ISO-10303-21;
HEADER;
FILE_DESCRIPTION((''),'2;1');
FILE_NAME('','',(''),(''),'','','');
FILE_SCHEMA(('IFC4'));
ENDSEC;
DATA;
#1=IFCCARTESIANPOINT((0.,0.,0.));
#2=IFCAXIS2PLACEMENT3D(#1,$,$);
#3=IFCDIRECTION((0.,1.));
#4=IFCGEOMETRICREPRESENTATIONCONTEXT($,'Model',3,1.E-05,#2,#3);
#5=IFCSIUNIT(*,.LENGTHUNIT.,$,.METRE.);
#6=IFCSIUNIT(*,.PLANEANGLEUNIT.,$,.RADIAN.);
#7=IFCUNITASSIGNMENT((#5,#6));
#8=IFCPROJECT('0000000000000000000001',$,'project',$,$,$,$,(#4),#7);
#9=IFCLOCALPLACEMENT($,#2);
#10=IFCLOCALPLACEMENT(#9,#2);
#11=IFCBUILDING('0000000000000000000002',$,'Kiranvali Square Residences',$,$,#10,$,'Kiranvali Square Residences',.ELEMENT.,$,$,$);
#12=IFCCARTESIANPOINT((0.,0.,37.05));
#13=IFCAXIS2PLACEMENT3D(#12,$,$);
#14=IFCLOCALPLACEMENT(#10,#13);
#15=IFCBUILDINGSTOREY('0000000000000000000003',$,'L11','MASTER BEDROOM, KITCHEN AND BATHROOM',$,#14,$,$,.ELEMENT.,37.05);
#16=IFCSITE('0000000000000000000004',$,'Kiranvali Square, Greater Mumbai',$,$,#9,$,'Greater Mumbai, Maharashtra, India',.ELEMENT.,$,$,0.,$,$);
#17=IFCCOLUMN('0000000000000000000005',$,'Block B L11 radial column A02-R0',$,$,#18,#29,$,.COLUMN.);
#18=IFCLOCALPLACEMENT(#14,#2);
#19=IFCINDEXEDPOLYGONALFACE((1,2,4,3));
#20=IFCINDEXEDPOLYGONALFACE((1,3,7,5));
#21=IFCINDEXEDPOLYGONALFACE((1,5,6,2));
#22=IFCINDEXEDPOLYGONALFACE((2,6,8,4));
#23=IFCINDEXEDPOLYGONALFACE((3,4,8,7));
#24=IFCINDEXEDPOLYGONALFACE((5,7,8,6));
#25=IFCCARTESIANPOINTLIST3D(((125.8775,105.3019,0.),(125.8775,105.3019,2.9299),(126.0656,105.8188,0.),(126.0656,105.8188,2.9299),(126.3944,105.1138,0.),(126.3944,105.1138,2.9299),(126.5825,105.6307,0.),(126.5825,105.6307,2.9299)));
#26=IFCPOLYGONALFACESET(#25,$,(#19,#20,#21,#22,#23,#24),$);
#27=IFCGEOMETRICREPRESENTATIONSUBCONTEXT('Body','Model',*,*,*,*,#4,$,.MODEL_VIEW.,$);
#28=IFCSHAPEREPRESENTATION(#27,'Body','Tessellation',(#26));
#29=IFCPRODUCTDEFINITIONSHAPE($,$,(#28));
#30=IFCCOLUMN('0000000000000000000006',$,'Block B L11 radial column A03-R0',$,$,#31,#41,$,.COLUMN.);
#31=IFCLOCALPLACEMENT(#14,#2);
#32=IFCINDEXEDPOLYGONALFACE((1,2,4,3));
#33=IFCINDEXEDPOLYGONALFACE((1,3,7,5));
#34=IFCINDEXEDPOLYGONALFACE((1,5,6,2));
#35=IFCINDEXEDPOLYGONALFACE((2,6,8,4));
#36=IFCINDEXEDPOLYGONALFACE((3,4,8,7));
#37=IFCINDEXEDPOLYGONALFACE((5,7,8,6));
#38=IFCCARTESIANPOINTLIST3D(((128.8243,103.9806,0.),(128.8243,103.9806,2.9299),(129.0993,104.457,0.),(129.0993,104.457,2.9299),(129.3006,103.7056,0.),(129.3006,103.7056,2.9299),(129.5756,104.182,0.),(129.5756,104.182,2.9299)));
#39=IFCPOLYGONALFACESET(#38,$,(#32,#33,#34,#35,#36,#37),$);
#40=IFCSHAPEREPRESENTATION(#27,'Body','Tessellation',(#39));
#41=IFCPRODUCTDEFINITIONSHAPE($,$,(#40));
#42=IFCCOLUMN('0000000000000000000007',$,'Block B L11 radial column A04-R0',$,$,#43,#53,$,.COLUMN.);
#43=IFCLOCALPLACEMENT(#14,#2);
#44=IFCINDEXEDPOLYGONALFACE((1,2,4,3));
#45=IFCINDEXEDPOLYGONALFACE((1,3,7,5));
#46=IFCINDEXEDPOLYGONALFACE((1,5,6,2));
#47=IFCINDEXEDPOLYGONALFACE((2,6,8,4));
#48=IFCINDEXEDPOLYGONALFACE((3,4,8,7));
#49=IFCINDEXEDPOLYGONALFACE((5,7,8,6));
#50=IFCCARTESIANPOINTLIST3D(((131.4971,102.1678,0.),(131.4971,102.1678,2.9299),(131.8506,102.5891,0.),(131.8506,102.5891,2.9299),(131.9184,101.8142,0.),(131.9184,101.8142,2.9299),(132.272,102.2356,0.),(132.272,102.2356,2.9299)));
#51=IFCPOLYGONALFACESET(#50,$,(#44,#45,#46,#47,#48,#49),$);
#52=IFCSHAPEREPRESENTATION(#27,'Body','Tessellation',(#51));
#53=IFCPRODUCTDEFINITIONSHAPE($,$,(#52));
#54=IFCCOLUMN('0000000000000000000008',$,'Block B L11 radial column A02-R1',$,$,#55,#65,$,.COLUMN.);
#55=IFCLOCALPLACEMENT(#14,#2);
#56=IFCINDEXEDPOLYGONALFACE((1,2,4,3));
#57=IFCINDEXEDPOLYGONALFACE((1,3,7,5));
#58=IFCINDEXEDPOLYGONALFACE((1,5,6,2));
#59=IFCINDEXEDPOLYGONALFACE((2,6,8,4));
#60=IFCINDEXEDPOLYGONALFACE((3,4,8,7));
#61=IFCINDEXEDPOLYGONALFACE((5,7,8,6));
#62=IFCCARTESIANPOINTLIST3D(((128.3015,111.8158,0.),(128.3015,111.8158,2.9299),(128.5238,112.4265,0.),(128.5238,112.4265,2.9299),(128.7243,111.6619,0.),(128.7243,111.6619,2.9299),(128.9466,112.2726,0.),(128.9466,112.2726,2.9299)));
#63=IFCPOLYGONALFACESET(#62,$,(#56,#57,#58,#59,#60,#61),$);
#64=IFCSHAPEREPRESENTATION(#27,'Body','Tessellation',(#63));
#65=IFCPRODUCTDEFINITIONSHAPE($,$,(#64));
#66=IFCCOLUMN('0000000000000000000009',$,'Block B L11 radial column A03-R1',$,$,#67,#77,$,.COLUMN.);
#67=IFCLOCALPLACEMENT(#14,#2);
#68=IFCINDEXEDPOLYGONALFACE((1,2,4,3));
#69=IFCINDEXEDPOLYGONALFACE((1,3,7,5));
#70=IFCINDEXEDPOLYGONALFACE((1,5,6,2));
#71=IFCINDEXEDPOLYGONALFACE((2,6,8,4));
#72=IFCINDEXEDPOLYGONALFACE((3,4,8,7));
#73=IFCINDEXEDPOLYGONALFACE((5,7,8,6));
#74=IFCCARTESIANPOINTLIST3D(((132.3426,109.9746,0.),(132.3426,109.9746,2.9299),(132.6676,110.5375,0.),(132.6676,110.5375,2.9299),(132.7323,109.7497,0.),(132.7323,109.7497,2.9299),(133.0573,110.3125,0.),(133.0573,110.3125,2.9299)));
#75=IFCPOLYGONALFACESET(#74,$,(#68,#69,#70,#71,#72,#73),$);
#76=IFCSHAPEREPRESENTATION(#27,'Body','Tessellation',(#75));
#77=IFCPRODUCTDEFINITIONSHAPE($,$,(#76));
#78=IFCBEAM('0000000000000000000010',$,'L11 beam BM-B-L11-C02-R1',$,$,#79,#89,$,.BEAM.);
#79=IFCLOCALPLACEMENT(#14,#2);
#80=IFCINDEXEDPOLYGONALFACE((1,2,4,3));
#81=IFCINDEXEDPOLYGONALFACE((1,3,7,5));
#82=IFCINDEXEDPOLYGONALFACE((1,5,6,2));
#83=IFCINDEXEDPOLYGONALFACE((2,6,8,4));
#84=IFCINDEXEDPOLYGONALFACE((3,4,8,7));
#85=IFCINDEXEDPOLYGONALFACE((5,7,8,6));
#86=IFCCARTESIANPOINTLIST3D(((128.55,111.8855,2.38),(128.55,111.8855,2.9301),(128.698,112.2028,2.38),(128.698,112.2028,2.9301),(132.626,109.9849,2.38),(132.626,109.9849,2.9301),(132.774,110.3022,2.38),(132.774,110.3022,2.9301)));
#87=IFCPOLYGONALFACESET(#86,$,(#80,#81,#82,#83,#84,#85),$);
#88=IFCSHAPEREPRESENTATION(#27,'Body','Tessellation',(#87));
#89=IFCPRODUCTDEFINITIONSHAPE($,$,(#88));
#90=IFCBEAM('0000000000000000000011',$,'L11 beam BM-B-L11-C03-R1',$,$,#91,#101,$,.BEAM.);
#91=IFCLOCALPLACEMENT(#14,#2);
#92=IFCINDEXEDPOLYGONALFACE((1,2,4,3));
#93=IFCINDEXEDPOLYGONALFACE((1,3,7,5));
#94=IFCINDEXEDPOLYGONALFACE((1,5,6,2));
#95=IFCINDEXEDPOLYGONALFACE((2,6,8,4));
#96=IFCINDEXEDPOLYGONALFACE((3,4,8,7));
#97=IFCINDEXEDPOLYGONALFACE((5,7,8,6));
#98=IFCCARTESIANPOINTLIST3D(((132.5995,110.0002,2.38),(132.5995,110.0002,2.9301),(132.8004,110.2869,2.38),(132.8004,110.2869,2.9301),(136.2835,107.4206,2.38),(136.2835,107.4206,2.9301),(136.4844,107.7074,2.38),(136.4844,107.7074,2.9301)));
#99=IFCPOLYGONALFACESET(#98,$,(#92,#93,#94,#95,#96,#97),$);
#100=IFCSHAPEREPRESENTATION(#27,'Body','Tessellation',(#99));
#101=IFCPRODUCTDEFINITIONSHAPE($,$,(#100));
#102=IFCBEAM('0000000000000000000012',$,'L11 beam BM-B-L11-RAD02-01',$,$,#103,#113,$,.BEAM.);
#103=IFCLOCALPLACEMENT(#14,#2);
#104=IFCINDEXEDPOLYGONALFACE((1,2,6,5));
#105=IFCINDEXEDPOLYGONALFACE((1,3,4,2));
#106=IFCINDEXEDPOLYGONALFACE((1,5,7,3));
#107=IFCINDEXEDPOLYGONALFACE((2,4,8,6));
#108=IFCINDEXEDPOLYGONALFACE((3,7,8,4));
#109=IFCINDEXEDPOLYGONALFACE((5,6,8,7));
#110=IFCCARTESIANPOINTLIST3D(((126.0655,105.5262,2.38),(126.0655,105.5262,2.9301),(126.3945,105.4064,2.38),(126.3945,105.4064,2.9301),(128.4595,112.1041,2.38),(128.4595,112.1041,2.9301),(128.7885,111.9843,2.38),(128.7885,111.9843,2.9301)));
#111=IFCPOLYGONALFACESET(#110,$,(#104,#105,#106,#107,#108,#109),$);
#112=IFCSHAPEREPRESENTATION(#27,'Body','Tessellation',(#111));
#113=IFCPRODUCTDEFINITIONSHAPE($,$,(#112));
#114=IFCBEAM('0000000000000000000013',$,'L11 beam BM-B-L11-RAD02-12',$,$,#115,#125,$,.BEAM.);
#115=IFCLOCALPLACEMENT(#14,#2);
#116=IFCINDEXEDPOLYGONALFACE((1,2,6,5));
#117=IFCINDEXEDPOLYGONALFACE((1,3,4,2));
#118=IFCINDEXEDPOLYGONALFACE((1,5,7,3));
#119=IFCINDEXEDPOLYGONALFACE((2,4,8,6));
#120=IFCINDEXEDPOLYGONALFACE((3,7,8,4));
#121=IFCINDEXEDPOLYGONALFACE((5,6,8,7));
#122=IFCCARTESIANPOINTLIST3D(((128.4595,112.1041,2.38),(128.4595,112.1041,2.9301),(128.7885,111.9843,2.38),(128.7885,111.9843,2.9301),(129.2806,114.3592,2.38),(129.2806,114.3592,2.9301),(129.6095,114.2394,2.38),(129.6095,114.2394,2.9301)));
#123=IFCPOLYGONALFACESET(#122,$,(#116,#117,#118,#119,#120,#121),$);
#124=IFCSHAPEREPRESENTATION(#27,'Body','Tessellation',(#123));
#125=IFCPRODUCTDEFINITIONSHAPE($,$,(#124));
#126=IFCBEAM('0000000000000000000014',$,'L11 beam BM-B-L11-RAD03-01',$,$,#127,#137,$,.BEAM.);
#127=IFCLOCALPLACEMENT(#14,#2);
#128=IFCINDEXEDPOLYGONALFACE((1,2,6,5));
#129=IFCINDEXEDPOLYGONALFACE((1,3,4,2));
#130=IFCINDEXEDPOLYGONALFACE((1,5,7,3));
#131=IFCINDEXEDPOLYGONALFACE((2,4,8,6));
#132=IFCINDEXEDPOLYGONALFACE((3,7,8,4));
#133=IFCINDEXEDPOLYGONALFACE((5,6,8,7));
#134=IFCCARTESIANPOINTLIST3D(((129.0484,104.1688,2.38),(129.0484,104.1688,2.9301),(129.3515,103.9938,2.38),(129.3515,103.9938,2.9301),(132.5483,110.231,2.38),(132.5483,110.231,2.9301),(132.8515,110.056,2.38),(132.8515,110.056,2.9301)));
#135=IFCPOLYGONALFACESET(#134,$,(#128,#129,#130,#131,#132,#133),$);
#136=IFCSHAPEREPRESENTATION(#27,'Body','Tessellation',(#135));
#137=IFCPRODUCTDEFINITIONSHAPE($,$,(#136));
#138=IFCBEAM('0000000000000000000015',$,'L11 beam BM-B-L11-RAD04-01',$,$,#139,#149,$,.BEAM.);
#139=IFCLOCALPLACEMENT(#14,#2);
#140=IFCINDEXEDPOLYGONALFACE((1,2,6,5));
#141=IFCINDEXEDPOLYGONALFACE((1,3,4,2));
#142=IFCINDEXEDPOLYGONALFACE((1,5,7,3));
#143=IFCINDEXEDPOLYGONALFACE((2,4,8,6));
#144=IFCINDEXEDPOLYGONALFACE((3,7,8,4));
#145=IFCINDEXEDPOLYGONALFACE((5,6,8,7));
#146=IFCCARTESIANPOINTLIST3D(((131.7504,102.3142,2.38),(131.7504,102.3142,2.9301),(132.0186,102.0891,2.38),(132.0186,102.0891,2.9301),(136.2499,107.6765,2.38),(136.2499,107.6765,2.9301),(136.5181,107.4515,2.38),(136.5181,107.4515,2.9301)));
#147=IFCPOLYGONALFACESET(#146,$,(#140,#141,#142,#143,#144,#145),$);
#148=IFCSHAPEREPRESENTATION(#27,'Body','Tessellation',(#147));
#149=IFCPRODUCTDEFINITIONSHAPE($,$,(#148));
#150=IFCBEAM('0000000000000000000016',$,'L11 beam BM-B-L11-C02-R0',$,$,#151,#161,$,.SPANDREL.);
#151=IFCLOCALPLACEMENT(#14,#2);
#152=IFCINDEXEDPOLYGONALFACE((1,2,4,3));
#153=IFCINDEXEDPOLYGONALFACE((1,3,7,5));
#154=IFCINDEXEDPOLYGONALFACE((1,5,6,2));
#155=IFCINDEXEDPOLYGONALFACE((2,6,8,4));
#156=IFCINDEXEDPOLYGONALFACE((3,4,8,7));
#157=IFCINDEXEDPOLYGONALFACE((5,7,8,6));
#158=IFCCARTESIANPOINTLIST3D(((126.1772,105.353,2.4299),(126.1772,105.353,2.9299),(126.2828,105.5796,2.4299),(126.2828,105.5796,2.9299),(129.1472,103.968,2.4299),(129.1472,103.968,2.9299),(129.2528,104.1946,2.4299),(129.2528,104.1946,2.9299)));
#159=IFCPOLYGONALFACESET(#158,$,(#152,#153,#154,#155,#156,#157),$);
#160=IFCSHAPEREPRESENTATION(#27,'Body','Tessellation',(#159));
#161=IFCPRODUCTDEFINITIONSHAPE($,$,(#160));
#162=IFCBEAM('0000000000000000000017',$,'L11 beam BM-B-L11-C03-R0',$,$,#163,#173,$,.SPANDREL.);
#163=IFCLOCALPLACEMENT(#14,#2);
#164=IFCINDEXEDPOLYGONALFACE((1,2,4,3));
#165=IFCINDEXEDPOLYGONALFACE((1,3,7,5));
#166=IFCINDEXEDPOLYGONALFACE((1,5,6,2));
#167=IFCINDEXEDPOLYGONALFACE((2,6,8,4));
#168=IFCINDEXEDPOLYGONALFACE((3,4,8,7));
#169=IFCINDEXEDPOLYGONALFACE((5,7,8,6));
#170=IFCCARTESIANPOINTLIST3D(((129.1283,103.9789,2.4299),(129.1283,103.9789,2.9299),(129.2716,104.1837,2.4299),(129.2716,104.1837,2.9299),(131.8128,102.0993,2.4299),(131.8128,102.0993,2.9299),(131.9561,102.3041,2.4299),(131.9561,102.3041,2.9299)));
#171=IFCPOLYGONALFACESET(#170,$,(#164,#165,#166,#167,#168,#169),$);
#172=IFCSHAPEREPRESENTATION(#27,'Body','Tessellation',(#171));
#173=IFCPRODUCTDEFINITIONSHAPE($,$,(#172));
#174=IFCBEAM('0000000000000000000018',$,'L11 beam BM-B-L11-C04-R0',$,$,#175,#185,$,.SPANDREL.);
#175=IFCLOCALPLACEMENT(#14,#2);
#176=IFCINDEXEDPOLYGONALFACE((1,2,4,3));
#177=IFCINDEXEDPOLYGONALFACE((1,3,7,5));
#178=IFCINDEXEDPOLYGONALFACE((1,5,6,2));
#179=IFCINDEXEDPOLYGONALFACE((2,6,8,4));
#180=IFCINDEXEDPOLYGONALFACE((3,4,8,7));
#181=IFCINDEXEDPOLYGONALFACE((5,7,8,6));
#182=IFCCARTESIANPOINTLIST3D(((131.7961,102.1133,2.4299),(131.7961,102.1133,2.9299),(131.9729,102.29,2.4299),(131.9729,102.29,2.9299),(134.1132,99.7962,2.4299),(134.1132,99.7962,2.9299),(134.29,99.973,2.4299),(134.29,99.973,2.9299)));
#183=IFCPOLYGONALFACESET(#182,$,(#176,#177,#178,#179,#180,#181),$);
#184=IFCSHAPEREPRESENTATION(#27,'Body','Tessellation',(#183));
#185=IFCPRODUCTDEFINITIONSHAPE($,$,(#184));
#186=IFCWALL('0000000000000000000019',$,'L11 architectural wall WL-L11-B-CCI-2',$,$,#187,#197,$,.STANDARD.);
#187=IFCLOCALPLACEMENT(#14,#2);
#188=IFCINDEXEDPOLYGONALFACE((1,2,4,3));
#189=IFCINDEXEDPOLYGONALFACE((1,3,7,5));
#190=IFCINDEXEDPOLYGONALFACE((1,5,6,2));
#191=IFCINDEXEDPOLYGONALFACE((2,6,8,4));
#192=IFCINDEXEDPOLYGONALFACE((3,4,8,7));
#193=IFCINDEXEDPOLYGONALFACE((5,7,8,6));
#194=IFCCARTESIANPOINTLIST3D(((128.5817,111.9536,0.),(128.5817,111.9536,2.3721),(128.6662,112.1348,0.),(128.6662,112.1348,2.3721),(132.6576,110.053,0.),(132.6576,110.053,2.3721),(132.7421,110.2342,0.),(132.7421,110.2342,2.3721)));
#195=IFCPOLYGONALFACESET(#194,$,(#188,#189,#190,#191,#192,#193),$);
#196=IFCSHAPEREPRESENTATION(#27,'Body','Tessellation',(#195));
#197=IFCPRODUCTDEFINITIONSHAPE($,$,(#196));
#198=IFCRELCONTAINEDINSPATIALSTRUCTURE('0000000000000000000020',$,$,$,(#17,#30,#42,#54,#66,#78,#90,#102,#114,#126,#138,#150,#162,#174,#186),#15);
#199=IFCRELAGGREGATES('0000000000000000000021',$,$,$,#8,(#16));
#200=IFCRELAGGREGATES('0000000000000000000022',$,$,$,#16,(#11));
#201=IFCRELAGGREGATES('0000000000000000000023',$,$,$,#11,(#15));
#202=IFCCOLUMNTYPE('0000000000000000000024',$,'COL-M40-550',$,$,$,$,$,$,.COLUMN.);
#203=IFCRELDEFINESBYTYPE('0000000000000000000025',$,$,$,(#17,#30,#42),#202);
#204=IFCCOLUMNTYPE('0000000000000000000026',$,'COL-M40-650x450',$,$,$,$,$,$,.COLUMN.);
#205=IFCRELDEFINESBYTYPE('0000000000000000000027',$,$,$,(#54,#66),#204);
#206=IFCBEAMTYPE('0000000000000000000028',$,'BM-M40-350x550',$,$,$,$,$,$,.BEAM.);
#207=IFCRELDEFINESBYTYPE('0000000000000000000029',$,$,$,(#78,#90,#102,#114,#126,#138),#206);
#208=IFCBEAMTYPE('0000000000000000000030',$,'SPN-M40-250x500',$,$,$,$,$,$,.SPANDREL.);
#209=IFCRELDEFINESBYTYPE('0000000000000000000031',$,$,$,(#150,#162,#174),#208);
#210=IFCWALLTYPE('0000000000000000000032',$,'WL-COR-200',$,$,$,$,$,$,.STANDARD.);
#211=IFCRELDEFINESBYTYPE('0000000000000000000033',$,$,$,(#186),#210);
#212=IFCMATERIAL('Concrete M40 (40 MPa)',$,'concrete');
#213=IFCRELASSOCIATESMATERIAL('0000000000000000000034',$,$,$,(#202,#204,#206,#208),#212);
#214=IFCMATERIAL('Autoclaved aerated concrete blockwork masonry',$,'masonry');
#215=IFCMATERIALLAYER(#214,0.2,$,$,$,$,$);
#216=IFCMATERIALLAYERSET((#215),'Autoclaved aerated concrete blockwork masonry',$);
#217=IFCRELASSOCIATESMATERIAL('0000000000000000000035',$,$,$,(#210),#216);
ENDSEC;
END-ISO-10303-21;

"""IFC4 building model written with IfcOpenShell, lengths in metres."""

from ifc_helpers import new_model, si_unit, direction, frame, frame_2d, origin, origin_2d, place, context, subcontext, project, spatial, rectangle, extrude, material, layer, layer_set, material_profile, profile_set, type_object, element, save


model = new_model("IFC4")

# Units and contexts
model_context = context("Model", 3, precision=1e-05, world=origin(), true_north=direction((0.0, 1.0)))
body_context = subcontext(model_context, "Body", "Model", "MODEL_VIEW")
ifc_project = project(units=[si_unit("LENGTHUNIT", "METRE"), si_unit("PLANEANGLEUNIT", "RADIAN")], contexts=[model_context])

# Site, building, storey
site_placement = place(None, origin())
site = spatial("IfcSite", under=ifc_project, at=site_placement, Name="Kiranvali Square, Greater Mumbai", LongName="Greater Mumbai, Maharashtra, India", CompositionType="ELEMENT", RefElevation=0.0)
building_placement = place(site_placement, origin())
building = spatial("IfcBuilding", under=site, at=building_placement, Name="Kiranvali Square Residences", LongName="Kiranvali Square Residences", CompositionType="ELEMENT")
storey_placement = place(building_placement, frame((0.0, 0.0, 37.05)))
storey = spatial("IfcBuildingStorey", under=building, at=storey_placement, Name="L11", Description="MASTER BEDROOM, KITCHEN AND BATHROOM", CompositionType="ELEMENT", Elevation=37.05)

# Columns
ifc_material_1 = material(Name="Concrete M40 (40 MPa)", Category="concrete")
ifc_material_profile_1 = material_profile(ifc_material_1, rectangle(XDim=0.55, YDim=0.55, at=origin_2d()), Name="RC 550x550")
ifc_profile_set_1 = profile_set([ifc_material_profile_1], Name="Concrete M40 (40 MPa)")
column_type_1 = type_object("IfcColumnType", Name="COL-M40-550", PredefinedType="COLUMN", material=ifc_profile_set_1)
for number, where, z_axis, x_axis, name in (
    (1, (126.23, 105.4663, 0.0), (0.0, 0.0, 1.0), (-0.939693, 0.34202, 0.0), "Block B L11 radial column A02-R0"),
    (2, (129.2, 104.0813, 0.0), (0.0, 0.0, 1.0), (-0.866025, 0.5, 0.0), "Block B L11 radial column A03-R0"),
    (3, (131.8845, 102.2017, 0.0), (0.0, 0.0, 1.0), (-0.766044, 0.642788, 0.0), "Block B L11 radial column A04-R0"),
):
    element("IfcColumn", number, at=place(storey_placement, frame(where, z_axis=z_axis, x_axis=x_axis)), inside=storey, type_object=column_type_1, Name=name, PredefinedType="COLUMN", context=body_context, shape_type="SweptSolid", body=[
        extrude(rectangle(XDim=0.55, YDim=0.55, at=origin_2d()), origin(), (0.0, 0.0, 1.0), 2.9299),
    ])
ifc_material_profile_2 = material_profile(ifc_material_1, rectangle(XDim=0.45, YDim=0.6499, at=origin_2d()), Name="RC 650x450")
ifc_profile_set_2 = profile_set([ifc_material_profile_2], Name="Concrete M40 (40 MPa)")
column_type_2 = type_object("IfcColumnType", Name="COL-M40-650x450", PredefinedType="COLUMN", material=ifc_profile_set_2)
for number, where, z_axis, x_axis, name in (
    (4, (128.624, 112.0442, 0.0), (0.0, 0.0, 1.0), (-0.939693, 0.34202, 0.0), "Block B L11 radial column A02-R1"),
    (5, (132.7, 110.1436, 0.0), (0.0, 0.0, 1.0), (-0.866025, 0.5, 0.0), "Block B L11 radial column A03-R1"),
):
    element("IfcColumn", number, at=place(storey_placement, frame(where, z_axis=z_axis, x_axis=x_axis)), inside=storey, type_object=column_type_2, Name=name, PredefinedType="COLUMN", context=body_context, shape_type="SweptSolid", body=[
        extrude(rectangle(XDim=0.45, YDim=0.6499, at=origin_2d()), origin(), (0.0, 0.0, 1.0), 2.9299),
    ])

# Beams
ifc_material_profile_3 = material_profile(ifc_material_1, rectangle(XDim=0.3501, YDim=0.55, at=origin_2d()), Name="RC 350x550")
ifc_profile_set_3 = profile_set([ifc_material_profile_3], Name="Concrete M40 (40 MPa)")
beam_type_1 = type_object("IfcBeamType", Name="BM-M40-350x550", PredefinedType="BEAM", material=ifc_profile_set_3)
for number, where, z_axis, x_axis, name in (
    (6, (128.624, 112.0442, 2.655), (0.906308, -0.422618, 0.0), (0.422618, 0.906308, 0.0), "L11 beam BM-B-L11-C02-R1"),
    (7, (132.7, 110.1436, 2.655), (0.819155, -0.573572, 0.0), (0.573572, 0.819155, 0.0), "L11 beam BM-B-L11-C03-R1"),
):
    element("IfcBeam", number, at=place(storey_placement, frame(where, z_axis=z_axis, x_axis=x_axis)), inside=storey, type_object=beam_type_1, Name=name, PredefinedType="BEAM", context=body_context, shape_type="SweptSolid", body=[
        extrude(rectangle(XDim=0.3501, YDim=0.55, at=origin_2d()), origin(), (0.0, 0.0, 1.0), 4.4973),
    ])
beam_1_placement = place(storey_placement, frame((126.23, 105.4663, 2.655), z_axis=(0.342006, 0.939698, 0.0), x_axis=(-0.939698, 0.342006, 0.0)))
element("IfcBeam", 8, at=beam_1_placement, inside=storey, type_object=beam_type_1, Name="L11 beam BM-B-L11-RAD02-01", PredefinedType="BEAM", context=body_context, shape_type="SweptSolid", body=[
    extrude(rectangle(XDim=0.3501, YDim=0.55, at=origin_2d()), origin(), (0.0, 0.0, 1.0), 7.0),
])
beam_2_placement = place(storey_placement, frame((128.624, 112.0442, 2.655), z_axis=(0.342111, 0.93966, 0.0), x_axis=(-0.93966, 0.342111, 0.0)))
element("IfcBeam", 9, at=beam_2_placement, inside=storey, type_object=beam_type_1, Name="L11 beam BM-B-L11-RAD02-12", PredefinedType="BEAM", context=body_context, shape_type="SweptSolid", body=[
    extrude(rectangle(XDim=0.3501, YDim=0.55, at=origin_2d()), origin(), (0.0, 0.0, 1.0), 2.3999),
])
for number, where, z_axis, x_axis, name in (
    (10, (129.2, 104.0813, 2.655), (0.499995, 0.866028, 0.0), (-0.866028, 0.499995, 0.0), "L11 beam BM-B-L11-RAD03-01"),
    (11, (131.8845, 102.2017, 2.655), (0.642788, 0.766044, 0.0), (-0.766044, 0.642788, 0.0), "L11 beam BM-B-L11-RAD04-01"),
):
    element("IfcBeam", number, at=place(storey_placement, frame(where, z_axis=z_axis, x_axis=x_axis)), inside=storey, type_object=beam_type_1, Name=name, PredefinedType="BEAM", context=body_context, shape_type="SweptSolid", body=[
        extrude(rectangle(XDim=0.3501, YDim=0.55, at=origin_2d()), origin(), (0.0, 0.0, 1.0), 7.0),
    ])
ifc_material_profile_4 = material_profile(ifc_material_1, rectangle(XDim=0.25, YDim=0.5, at=origin_2d()), Name="RC 250x500")
ifc_profile_set_4 = profile_set([ifc_material_profile_4], Name="Concrete M40 (40 MPa)")
beam_type_2 = type_object("IfcBeamType", Name="SPN-M40-250x500", PredefinedType="SPANDREL", material=ifc_profile_set_4)
for number, where, z_axis, x_axis, name in (
    (12, (126.23, 105.4663, 2.6799), (0.906297, -0.422641, 0.0), (0.422641, 0.906297, 0.0), "L11 beam BM-B-L11-C02-R0"),
    (13, (129.2, 104.0813, 2.6799), (0.819169, -0.573552, 0.0), (0.573552, 0.819169, 0.0), "L11 beam BM-B-L11-C03-R0"),
):
    element("IfcBeam", number, at=place(storey_placement, frame(where, z_axis=z_axis, x_axis=x_axis)), inside=storey, type_object=beam_type_2, Name=name, PredefinedType="SPANDREL", context=body_context, shape_type="SweptSolid", body=[
        extrude(rectangle(XDim=0.25, YDim=0.5, at=origin_2d()), origin(), (0.0, 0.0, 1.0), 3.2771),
    ])
beam_3_placement = place(storey_placement, frame((131.8845, 102.2017, 2.6799), z_axis=(0.707107, -0.707107, 0.0), x_axis=(0.707107, 0.707107, 0.0)))
element("IfcBeam", 14, at=beam_3_placement, inside=storey, type_object=beam_type_2, Name="L11 beam BM-B-L11-C04-R0", PredefinedType="SPANDREL", context=body_context, shape_type="SweptSolid", body=[
    extrude(rectangle(XDim=0.25, YDim=0.5, at=origin_2d()), origin(), (0.0, 0.0, 1.0), 3.2769),
])

# Wall
ifc_material_2 = material(Name="Autoclaved aerated concrete blockwork masonry", Category="masonry")
ifc_layer_1 = layer(ifc_material_2, 0.2)
ifc_layer_set_1 = layer_set([ifc_layer_1], Name="Autoclaved aerated concrete blockwork masonry")
wall_type_1 = type_object("IfcWallType", Name="WL-COR-200", PredefinedType="STANDARD", material=ifc_layer_set_1)
wall_1_placement = place(storey_placement, frame((128.624, 112.0442, 0.0), z_axis=(0.0, 0.0, 1.0), x_axis=(0.906308, -0.422618, 0.0)))
element("IfcWall", 15, at=wall_1_placement, inside=storey, type_object=wall_type_1, Name="L11 architectural wall WL-L11-B-CCI-2", PredefinedType="STANDARD", context=body_context, shape_type="SweptSolid", body=[
    extrude(rectangle(XDim=4.4973, YDim=0.2, at=frame_2d((2.2485, 0.0))), origin(), (0.0, 0.0, 1.0), 2.3721),
])

save(model, "model.ifc")
